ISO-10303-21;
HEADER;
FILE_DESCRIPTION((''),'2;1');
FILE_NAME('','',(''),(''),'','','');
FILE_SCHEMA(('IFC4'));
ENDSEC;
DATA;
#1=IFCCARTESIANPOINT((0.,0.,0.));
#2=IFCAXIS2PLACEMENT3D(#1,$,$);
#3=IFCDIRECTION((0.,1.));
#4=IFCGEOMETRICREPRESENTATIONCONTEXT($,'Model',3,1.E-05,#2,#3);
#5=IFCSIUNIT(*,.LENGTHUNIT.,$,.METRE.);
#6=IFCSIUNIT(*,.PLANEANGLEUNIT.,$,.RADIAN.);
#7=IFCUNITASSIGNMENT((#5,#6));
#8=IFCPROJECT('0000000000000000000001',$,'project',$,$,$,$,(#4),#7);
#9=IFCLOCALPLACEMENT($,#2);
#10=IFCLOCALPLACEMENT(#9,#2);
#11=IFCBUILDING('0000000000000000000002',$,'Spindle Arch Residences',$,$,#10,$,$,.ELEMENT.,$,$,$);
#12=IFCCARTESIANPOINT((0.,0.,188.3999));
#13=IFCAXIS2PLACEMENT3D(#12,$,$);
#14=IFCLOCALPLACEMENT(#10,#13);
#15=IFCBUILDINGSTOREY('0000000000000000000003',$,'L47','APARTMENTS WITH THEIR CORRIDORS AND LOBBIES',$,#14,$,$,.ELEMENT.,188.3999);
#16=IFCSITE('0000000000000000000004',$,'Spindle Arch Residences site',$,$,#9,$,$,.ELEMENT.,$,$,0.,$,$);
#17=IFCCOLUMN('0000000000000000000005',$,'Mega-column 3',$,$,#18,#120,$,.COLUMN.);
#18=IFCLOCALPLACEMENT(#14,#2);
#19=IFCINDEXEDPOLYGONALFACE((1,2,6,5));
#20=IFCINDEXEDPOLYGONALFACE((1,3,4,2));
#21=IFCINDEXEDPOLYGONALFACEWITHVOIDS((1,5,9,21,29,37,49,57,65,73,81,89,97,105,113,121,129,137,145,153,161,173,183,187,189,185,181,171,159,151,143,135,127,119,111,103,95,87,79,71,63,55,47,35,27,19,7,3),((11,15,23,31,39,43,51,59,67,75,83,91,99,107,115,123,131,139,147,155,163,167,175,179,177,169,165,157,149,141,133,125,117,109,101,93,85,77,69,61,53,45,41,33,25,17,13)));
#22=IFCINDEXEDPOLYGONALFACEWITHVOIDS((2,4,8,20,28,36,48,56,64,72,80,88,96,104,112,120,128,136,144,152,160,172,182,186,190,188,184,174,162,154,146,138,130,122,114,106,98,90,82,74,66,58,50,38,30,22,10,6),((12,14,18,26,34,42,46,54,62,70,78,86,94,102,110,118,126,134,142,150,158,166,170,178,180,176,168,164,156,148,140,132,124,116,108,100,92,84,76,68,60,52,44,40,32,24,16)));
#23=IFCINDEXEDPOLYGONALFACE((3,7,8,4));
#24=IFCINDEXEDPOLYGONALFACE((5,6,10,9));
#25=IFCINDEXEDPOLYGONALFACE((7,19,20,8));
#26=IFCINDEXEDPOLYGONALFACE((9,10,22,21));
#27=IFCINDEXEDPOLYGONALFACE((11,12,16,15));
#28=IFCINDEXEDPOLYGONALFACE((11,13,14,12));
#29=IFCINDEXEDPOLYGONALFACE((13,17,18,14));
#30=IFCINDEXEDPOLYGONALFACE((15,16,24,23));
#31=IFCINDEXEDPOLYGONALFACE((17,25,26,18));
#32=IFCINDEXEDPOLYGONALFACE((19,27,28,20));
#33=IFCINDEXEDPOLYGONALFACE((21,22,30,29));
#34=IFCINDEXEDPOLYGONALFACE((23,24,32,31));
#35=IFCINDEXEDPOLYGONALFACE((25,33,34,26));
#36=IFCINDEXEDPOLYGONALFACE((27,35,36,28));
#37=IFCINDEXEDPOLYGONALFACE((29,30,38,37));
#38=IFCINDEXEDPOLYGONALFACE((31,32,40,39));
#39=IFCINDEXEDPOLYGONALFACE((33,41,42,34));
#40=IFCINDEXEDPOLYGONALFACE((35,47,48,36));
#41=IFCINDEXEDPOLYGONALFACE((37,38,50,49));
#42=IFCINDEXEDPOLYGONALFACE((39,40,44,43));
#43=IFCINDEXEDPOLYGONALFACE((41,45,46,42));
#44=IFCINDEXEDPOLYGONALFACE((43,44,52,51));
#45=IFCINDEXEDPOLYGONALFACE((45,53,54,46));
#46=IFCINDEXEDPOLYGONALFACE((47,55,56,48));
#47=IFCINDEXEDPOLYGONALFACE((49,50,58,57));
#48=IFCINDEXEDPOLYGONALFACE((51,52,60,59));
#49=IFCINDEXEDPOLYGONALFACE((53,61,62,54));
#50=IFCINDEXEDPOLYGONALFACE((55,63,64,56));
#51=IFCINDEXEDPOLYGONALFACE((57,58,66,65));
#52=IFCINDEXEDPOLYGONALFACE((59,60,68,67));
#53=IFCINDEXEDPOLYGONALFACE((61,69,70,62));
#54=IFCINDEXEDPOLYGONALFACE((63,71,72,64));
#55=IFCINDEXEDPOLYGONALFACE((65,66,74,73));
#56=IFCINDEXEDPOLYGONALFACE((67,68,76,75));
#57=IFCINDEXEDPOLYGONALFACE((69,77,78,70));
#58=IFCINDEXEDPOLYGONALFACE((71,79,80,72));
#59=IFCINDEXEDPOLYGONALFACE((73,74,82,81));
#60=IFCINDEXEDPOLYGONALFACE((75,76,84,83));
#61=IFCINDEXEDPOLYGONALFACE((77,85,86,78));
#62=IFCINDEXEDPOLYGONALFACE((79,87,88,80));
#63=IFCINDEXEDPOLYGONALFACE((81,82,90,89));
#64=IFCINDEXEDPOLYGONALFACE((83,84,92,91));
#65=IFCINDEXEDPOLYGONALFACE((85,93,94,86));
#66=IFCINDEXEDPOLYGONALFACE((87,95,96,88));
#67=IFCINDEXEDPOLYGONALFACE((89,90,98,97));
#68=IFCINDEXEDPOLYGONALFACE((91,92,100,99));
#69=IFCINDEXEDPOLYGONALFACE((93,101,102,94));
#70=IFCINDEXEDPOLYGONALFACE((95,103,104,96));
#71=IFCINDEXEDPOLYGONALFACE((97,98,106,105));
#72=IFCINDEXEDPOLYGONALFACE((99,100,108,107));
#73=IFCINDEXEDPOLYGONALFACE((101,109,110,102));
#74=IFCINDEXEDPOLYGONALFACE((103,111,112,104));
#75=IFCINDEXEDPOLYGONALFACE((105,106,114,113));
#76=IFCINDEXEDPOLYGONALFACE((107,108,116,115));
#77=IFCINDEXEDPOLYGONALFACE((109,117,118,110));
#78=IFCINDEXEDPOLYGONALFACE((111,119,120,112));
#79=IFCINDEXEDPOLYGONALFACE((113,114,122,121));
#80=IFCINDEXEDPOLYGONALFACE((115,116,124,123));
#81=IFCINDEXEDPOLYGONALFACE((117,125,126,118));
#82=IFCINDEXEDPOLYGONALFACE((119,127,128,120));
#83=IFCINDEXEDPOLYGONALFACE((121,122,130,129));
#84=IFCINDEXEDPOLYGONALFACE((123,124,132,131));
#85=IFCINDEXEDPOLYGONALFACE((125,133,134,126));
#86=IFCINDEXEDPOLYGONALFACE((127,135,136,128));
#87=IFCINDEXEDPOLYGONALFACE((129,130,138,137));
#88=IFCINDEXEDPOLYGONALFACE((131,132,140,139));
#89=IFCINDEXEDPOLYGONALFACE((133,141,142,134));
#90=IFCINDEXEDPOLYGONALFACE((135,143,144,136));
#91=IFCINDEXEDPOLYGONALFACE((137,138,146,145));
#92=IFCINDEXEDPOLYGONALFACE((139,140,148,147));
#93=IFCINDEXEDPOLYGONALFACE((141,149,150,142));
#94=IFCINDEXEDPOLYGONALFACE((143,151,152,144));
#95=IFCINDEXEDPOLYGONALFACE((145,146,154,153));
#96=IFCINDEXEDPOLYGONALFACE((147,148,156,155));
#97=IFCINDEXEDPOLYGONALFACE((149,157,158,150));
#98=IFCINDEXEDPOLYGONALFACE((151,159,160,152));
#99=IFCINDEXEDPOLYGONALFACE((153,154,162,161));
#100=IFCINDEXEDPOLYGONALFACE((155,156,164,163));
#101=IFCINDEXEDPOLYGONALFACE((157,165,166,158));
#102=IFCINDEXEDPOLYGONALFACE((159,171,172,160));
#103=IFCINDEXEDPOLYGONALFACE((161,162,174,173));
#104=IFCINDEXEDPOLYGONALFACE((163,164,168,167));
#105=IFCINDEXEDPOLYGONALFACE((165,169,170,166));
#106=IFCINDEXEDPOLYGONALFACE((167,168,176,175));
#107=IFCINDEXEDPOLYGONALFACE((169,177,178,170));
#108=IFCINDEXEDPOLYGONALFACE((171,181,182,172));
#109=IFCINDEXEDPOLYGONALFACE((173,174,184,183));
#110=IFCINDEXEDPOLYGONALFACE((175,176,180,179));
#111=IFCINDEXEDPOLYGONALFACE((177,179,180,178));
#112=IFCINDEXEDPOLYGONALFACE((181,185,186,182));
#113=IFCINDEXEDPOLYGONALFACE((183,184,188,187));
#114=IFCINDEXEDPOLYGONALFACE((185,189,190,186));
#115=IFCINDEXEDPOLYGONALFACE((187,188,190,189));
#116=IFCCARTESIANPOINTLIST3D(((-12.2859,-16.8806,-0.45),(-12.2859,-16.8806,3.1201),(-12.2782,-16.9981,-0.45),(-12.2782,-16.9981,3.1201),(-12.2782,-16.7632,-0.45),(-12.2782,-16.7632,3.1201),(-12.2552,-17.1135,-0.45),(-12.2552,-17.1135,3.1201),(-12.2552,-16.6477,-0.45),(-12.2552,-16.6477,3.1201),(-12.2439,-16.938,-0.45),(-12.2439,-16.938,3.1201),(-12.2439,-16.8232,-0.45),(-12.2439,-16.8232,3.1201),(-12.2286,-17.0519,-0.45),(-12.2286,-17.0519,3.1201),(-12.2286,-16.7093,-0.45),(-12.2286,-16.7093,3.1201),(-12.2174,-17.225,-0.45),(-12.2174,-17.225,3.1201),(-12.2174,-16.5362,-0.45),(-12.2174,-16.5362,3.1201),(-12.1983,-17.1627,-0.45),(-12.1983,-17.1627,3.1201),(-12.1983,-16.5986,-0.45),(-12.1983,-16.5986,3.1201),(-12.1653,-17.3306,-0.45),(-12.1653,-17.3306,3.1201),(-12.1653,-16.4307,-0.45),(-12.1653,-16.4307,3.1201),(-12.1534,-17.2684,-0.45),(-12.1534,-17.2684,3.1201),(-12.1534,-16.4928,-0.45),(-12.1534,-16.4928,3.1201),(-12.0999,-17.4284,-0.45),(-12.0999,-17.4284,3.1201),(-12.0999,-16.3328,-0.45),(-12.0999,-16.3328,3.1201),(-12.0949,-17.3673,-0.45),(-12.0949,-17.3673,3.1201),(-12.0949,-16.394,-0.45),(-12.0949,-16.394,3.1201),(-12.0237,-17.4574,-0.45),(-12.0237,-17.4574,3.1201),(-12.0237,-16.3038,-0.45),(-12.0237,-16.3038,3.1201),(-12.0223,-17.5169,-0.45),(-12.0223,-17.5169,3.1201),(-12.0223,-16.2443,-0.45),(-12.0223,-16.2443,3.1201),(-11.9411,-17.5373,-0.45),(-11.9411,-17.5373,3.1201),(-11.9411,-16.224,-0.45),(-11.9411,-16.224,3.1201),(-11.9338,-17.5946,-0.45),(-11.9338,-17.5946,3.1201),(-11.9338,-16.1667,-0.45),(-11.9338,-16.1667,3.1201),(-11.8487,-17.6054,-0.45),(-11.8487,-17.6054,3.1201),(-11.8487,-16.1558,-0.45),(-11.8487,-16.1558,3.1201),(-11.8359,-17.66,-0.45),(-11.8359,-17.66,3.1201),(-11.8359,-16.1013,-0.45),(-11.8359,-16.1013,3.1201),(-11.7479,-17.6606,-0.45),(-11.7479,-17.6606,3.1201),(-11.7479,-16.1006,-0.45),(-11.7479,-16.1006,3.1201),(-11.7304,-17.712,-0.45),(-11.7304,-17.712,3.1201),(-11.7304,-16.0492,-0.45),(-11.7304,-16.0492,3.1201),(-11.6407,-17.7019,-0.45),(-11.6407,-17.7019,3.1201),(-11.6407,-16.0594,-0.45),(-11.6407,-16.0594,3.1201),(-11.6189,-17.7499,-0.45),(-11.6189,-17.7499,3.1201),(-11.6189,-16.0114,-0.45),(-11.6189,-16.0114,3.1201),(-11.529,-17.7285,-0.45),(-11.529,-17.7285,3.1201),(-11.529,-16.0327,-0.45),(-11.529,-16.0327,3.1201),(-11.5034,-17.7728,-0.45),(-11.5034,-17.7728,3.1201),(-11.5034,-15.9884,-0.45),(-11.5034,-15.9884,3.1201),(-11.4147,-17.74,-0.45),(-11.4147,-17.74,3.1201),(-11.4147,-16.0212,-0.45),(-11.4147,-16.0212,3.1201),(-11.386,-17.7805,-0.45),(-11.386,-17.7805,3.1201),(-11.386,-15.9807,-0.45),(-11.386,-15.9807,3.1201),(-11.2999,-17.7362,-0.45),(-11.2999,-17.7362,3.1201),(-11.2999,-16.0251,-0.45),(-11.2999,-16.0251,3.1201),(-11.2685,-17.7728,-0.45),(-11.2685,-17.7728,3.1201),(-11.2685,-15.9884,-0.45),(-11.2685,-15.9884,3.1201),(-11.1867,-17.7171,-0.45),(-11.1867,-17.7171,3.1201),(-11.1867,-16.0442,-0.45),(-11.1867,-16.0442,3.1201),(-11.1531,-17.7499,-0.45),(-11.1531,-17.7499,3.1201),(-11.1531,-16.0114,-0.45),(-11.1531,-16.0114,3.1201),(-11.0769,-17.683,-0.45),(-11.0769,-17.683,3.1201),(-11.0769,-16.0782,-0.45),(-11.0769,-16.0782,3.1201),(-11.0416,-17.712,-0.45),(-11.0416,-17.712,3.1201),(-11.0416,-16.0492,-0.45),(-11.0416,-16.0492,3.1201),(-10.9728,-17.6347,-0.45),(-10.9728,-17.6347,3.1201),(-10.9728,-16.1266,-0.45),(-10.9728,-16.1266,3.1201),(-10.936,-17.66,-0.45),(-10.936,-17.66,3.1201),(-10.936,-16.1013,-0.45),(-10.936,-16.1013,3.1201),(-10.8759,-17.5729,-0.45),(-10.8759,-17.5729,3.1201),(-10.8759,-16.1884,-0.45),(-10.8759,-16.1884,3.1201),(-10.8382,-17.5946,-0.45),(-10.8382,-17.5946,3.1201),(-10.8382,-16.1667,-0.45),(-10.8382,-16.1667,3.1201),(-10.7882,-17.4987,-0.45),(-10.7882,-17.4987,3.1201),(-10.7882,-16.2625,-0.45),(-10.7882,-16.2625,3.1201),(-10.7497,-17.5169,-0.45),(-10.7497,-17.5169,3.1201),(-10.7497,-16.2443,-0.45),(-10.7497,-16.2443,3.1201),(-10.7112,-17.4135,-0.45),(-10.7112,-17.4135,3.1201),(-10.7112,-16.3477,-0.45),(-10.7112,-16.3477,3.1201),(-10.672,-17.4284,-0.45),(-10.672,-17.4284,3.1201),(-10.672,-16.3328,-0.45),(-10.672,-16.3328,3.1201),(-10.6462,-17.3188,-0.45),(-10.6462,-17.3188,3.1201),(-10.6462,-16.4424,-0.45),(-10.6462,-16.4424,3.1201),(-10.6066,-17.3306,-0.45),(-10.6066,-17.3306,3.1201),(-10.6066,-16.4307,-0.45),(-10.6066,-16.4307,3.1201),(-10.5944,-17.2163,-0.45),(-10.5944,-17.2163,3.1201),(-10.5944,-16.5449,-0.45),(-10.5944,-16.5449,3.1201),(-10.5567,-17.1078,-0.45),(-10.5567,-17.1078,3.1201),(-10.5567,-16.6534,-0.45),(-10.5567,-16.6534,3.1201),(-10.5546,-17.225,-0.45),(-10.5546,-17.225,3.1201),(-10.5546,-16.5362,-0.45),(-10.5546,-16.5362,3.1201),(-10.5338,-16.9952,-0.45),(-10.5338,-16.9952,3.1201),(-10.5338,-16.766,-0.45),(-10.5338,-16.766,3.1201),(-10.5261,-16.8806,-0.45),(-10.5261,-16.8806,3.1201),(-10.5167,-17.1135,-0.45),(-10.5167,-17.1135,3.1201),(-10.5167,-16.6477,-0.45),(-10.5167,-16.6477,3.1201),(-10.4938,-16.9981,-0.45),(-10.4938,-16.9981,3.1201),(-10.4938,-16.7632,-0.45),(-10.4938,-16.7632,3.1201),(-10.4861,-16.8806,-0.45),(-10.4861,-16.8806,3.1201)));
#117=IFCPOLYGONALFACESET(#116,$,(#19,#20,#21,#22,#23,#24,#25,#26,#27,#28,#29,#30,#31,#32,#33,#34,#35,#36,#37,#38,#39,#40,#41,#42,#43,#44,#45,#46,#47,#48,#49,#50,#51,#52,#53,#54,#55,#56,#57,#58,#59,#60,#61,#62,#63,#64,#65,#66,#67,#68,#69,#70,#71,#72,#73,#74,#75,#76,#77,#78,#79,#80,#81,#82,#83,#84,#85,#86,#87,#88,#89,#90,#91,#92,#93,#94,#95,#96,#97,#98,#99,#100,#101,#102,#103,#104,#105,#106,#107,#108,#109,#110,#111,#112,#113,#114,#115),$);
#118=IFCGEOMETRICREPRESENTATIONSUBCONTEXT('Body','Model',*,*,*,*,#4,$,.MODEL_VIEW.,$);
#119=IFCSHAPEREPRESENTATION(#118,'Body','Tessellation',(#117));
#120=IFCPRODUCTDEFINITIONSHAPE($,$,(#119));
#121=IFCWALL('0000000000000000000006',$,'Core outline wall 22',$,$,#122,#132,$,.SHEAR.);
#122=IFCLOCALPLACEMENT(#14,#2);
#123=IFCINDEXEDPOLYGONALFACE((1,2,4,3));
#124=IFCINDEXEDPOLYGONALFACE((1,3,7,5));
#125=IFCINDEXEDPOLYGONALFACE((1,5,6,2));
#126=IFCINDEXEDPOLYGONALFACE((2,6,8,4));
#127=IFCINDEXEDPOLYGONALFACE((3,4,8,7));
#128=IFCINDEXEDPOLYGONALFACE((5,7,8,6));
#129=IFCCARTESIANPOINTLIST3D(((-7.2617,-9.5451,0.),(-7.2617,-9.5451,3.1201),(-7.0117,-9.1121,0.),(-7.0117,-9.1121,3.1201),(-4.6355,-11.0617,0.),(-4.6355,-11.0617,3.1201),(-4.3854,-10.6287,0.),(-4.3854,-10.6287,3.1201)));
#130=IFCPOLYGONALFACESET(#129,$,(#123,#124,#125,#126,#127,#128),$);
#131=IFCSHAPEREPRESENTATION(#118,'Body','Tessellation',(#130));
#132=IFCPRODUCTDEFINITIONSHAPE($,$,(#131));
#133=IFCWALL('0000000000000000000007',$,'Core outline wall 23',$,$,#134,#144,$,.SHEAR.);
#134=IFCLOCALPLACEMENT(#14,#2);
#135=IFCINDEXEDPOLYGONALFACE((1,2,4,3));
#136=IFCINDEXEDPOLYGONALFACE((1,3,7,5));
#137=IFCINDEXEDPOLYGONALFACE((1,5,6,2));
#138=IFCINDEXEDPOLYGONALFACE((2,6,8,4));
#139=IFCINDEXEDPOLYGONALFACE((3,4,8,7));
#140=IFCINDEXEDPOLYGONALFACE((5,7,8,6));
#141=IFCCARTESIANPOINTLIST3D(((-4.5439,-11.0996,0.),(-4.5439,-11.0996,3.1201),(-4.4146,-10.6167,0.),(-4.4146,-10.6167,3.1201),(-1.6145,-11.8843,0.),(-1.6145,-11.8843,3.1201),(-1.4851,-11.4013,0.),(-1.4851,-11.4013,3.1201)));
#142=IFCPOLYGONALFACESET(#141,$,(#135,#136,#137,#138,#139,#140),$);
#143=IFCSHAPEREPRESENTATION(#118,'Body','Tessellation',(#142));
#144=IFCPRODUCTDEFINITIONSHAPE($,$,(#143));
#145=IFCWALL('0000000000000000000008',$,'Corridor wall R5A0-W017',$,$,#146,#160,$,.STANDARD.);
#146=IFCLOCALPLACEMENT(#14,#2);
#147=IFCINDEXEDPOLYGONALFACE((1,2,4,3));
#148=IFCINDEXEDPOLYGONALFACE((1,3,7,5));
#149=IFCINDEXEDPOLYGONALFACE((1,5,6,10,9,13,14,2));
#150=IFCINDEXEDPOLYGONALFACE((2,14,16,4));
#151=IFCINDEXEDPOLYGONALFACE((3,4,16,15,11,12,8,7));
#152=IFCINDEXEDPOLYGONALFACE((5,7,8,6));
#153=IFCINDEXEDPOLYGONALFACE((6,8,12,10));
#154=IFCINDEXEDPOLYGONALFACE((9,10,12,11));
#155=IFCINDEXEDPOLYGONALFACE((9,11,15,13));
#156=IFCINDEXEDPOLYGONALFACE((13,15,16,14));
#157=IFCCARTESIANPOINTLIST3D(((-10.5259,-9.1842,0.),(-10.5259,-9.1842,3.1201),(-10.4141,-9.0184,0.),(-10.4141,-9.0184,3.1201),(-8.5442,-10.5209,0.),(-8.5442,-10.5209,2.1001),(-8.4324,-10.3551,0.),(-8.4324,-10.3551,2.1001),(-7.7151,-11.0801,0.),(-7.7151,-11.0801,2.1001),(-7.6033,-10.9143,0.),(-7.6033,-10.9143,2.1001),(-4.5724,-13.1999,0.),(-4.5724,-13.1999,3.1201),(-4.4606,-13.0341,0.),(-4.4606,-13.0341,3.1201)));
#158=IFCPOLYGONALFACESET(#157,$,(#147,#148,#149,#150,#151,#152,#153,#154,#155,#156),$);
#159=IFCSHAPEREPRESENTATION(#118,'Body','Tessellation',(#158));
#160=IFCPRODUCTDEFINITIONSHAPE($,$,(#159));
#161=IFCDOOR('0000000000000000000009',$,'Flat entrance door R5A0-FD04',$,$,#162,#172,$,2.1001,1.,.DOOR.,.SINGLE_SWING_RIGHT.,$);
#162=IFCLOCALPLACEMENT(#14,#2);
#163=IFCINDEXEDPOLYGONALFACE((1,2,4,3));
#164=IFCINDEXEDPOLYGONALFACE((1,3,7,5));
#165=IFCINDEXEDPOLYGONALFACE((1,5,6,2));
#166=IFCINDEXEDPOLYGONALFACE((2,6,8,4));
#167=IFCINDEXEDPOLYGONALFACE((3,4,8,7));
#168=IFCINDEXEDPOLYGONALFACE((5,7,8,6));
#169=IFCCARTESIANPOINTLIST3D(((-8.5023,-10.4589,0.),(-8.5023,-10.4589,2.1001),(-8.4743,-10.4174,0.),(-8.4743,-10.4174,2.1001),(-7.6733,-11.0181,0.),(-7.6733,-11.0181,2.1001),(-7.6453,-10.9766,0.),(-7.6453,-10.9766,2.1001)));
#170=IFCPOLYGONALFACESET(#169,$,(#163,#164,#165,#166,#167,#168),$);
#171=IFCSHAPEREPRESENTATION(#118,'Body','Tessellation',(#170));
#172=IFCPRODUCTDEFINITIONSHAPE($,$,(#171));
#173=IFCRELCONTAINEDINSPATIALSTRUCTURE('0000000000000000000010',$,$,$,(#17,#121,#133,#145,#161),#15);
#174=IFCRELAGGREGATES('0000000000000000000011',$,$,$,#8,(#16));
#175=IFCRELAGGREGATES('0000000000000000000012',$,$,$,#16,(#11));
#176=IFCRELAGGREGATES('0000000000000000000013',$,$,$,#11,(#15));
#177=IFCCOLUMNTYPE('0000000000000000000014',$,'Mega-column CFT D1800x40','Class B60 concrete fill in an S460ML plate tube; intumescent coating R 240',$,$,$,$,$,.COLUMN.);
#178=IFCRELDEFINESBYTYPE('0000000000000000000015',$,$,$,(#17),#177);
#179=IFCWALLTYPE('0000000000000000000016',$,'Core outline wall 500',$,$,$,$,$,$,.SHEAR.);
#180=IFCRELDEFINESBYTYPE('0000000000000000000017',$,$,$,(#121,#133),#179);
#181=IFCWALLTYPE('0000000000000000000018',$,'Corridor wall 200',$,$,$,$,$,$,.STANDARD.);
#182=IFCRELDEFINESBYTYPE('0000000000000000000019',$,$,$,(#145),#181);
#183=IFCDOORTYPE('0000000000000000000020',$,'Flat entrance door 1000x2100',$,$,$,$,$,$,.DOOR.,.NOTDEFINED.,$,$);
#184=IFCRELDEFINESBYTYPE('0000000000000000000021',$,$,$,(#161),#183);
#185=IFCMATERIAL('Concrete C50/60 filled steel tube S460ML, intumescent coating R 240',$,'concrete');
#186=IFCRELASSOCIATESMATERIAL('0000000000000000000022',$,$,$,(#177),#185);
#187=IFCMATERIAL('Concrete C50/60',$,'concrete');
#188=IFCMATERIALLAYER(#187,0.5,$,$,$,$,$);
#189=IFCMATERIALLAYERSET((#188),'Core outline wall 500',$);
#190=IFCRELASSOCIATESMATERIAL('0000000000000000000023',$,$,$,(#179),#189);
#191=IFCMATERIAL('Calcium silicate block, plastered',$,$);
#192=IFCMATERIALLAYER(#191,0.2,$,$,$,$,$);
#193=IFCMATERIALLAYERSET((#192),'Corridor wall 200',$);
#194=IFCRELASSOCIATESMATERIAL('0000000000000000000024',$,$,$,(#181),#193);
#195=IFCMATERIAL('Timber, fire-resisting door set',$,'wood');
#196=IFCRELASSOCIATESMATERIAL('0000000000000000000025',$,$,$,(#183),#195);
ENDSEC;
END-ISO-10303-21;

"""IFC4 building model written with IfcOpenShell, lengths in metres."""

from ifc_helpers import new_model, si_unit, direction, frame, frame_2d, origin, origin_2d, place, context, subcontext, project, spatial, rectangle, hollow_circle, extrude, material, layer, layer_set, material_profile, profile_set, type_object, element, fill, save


model = new_model("IFC4")

# Units and contexts
model_context = context("Model", 3, precision=1e-05, world=origin(), true_north=direction((0.0, 1.0)))
body_context = subcontext(model_context, "Body", "Model", "MODEL_VIEW")
ifc_project = project(units=[si_unit("LENGTHUNIT", "METRE"), si_unit("PLANEANGLEUNIT", "RADIAN")], contexts=[model_context])

# Site, building, storey
site_placement = place(None, origin())
site = spatial("IfcSite", under=ifc_project, at=site_placement, Name="Spindle Arch Residences site", CompositionType="ELEMENT", RefElevation=0.0)
building_placement = place(site_placement, origin())
building = spatial("IfcBuilding", under=site, at=building_placement, Name="Spindle Arch Residences", CompositionType="ELEMENT")
storey_placement = place(building_placement, frame((0.0, 0.0, 188.3999)))
storey = spatial("IfcBuildingStorey", under=building, at=storey_placement, Name="L47", Description="APARTMENTS WITH THEIR CORRIDORS AND LOBBIES", CompositionType="ELEMENT", Elevation=188.3999)

# Column
ifc_material_1 = material(Name="Concrete C50/60 filled steel tube S460ML, intumescent coating R 240", Category="concrete")
ifc_material_profile = material_profile(ifc_material_1, hollow_circle(Radius=0.8999, WallThickness=0.04, at=origin_2d()), Name="CFT D1800x40")
ifc_profile_set = profile_set([ifc_material_profile], Name="Concrete C50/60 filled steel tube S460ML, intumescent coating R 240")
column_type = type_object("IfcColumnType", Name="Mega-column CFT D1800x40", Description="Class B60 concrete fill in an S460ML plate tube; intumescent coating R 240", PredefinedType="COLUMN", material=ifc_profile_set)
column_placement = place(storey_placement, frame((-11.386, -16.8806, -0.45), z_axis=(0.0, 0.0, 1.0), x_axis=(1.0, 0.0, 0.0)))
element("IfcColumn", 1, at=column_placement, inside=storey, type_object=column_type, Name="Mega-column 3", PredefinedType="COLUMN", context=body_context, shape_type="SweptSolid", body=[
    extrude(hollow_circle(Radius=0.8999, WallThickness=0.04, at=origin_2d()), origin(), (0.0, 0.0, 1.0), 3.5701),
])

# Walls
ifc_material_2 = material(Name="Concrete C50/60", Category="concrete")
ifc_layer_1 = layer(ifc_material_2, 0.5)
ifc_layer_set_1 = layer_set([ifc_layer_1], Name="Core outline wall 500")
wall_type_1 = type_object("IfcWallType", Name="Core outline wall 500", PredefinedType="SHEAR", material=ifc_layer_set_1)
for number, where, z_axis, x_axis, name in (
    (2, (-7.1367, -9.3286, 0.0), (0.0, 0.0, 1.0), (0.865975, -0.500087, 0.0), "Core outline wall 22"),
    (3, (-4.4792, -10.8582, 0.0), (0.0, 0.0, 1.0), (0.965948, -0.258735, 0.0), "Core outline wall 23"),
):
    element("IfcWall", number, at=place(storey_placement, frame(where, z_axis=z_axis, x_axis=x_axis)), inside=storey, type_object=wall_type_1, Name=name, PredefinedType="SHEAR", context=body_context, shape_type="SweptSolid", body=[
        extrude(rectangle(XDim=3.0327, YDim=0.5, at=frame_2d((1.5164, 0.0))), origin(), (0.0, 0.0, 1.0), 3.1201),
    ])

# Wall, opening, door
ifc_material_3 = material(Name="Calcium silicate block, plastered")
ifc_layer_2 = layer(ifc_material_3, 0.2)
ifc_layer_set_2 = layer_set([ifc_layer_2], Name="Corridor wall 200")
wall_type_2 = type_object("IfcWallType", Name="Corridor wall 200", PredefinedType="STANDARD", material=ifc_layer_set_2)
wall_1_placement = place(storey_placement, frame((-10.47, -9.1013, 0.0), z_axis=(0.0, 0.0, 1.0), x_axis=(0.829036, -0.559195, 0.0)))
wall_1 = element("IfcWall", 4, at=wall_1_placement, inside=storey, type_object=wall_type_2, Name="Corridor wall R5A0-W017", PredefinedType="STANDARD", context=body_context, shape_type="SweptSolid", body=[
    extrude(rectangle(XDim=7.1812, YDim=0.2, at=frame_2d((3.5906, 0.0))), origin(), (0.0, 0.0, 1.0), 3.1201),
])
opening_1_placement = place(wall_1_placement, frame((2.3904, 0.0, 0.0)))
opening_1 = element("IfcOpeningElement", 5, at=opening_1_placement, cuts=wall_1, PredefinedType="OPENING", context=body_context, shape_type="SweptSolid", body=[
    extrude(rectangle(XDim=1.0, YDim=2.1001, at=frame_2d((0.5, 1.05))), frame((0.0, 0.1099, 0.0), z_axis=(0.0, -1.0, 0.0), x_axis=(1.0, 0.0, 0.0)), (0.0, 0.0, 1.0), 0.22),
])
ifc_material_4 = material(Name="Timber, fire-resisting door set", Category="wood")
door_type_1 = type_object("IfcDoorType", Name="Flat entrance door 1000x2100", OperationType="NOTDEFINED", PredefinedType="DOOR", material=ifc_material_4)
door_1_placement = place(opening_1_placement, origin())
door_1 = element("IfcDoor", 6, at=door_1_placement, inside=storey, type_object=door_type_1, Name="Flat entrance door R5A0-FD04", OperationType="SINGLE_SWING_RIGHT", OverallHeight=2.1001, OverallWidth=1.0, PredefinedType="DOOR", context=body_context, shape_type="SweptSolid", body=[
    extrude(rectangle(XDim=1.0, YDim=2.1001, at=frame_2d((0.5, 1.05))), frame((0.0, 0.0249, 0.0), z_axis=(0.0, -1.0, 0.0), x_axis=(1.0, 0.0, 0.0)), (0.0, 0.0, 1.0), 0.05),
])
fill(opening_1, door_1)

save(model, "model.ifc")
